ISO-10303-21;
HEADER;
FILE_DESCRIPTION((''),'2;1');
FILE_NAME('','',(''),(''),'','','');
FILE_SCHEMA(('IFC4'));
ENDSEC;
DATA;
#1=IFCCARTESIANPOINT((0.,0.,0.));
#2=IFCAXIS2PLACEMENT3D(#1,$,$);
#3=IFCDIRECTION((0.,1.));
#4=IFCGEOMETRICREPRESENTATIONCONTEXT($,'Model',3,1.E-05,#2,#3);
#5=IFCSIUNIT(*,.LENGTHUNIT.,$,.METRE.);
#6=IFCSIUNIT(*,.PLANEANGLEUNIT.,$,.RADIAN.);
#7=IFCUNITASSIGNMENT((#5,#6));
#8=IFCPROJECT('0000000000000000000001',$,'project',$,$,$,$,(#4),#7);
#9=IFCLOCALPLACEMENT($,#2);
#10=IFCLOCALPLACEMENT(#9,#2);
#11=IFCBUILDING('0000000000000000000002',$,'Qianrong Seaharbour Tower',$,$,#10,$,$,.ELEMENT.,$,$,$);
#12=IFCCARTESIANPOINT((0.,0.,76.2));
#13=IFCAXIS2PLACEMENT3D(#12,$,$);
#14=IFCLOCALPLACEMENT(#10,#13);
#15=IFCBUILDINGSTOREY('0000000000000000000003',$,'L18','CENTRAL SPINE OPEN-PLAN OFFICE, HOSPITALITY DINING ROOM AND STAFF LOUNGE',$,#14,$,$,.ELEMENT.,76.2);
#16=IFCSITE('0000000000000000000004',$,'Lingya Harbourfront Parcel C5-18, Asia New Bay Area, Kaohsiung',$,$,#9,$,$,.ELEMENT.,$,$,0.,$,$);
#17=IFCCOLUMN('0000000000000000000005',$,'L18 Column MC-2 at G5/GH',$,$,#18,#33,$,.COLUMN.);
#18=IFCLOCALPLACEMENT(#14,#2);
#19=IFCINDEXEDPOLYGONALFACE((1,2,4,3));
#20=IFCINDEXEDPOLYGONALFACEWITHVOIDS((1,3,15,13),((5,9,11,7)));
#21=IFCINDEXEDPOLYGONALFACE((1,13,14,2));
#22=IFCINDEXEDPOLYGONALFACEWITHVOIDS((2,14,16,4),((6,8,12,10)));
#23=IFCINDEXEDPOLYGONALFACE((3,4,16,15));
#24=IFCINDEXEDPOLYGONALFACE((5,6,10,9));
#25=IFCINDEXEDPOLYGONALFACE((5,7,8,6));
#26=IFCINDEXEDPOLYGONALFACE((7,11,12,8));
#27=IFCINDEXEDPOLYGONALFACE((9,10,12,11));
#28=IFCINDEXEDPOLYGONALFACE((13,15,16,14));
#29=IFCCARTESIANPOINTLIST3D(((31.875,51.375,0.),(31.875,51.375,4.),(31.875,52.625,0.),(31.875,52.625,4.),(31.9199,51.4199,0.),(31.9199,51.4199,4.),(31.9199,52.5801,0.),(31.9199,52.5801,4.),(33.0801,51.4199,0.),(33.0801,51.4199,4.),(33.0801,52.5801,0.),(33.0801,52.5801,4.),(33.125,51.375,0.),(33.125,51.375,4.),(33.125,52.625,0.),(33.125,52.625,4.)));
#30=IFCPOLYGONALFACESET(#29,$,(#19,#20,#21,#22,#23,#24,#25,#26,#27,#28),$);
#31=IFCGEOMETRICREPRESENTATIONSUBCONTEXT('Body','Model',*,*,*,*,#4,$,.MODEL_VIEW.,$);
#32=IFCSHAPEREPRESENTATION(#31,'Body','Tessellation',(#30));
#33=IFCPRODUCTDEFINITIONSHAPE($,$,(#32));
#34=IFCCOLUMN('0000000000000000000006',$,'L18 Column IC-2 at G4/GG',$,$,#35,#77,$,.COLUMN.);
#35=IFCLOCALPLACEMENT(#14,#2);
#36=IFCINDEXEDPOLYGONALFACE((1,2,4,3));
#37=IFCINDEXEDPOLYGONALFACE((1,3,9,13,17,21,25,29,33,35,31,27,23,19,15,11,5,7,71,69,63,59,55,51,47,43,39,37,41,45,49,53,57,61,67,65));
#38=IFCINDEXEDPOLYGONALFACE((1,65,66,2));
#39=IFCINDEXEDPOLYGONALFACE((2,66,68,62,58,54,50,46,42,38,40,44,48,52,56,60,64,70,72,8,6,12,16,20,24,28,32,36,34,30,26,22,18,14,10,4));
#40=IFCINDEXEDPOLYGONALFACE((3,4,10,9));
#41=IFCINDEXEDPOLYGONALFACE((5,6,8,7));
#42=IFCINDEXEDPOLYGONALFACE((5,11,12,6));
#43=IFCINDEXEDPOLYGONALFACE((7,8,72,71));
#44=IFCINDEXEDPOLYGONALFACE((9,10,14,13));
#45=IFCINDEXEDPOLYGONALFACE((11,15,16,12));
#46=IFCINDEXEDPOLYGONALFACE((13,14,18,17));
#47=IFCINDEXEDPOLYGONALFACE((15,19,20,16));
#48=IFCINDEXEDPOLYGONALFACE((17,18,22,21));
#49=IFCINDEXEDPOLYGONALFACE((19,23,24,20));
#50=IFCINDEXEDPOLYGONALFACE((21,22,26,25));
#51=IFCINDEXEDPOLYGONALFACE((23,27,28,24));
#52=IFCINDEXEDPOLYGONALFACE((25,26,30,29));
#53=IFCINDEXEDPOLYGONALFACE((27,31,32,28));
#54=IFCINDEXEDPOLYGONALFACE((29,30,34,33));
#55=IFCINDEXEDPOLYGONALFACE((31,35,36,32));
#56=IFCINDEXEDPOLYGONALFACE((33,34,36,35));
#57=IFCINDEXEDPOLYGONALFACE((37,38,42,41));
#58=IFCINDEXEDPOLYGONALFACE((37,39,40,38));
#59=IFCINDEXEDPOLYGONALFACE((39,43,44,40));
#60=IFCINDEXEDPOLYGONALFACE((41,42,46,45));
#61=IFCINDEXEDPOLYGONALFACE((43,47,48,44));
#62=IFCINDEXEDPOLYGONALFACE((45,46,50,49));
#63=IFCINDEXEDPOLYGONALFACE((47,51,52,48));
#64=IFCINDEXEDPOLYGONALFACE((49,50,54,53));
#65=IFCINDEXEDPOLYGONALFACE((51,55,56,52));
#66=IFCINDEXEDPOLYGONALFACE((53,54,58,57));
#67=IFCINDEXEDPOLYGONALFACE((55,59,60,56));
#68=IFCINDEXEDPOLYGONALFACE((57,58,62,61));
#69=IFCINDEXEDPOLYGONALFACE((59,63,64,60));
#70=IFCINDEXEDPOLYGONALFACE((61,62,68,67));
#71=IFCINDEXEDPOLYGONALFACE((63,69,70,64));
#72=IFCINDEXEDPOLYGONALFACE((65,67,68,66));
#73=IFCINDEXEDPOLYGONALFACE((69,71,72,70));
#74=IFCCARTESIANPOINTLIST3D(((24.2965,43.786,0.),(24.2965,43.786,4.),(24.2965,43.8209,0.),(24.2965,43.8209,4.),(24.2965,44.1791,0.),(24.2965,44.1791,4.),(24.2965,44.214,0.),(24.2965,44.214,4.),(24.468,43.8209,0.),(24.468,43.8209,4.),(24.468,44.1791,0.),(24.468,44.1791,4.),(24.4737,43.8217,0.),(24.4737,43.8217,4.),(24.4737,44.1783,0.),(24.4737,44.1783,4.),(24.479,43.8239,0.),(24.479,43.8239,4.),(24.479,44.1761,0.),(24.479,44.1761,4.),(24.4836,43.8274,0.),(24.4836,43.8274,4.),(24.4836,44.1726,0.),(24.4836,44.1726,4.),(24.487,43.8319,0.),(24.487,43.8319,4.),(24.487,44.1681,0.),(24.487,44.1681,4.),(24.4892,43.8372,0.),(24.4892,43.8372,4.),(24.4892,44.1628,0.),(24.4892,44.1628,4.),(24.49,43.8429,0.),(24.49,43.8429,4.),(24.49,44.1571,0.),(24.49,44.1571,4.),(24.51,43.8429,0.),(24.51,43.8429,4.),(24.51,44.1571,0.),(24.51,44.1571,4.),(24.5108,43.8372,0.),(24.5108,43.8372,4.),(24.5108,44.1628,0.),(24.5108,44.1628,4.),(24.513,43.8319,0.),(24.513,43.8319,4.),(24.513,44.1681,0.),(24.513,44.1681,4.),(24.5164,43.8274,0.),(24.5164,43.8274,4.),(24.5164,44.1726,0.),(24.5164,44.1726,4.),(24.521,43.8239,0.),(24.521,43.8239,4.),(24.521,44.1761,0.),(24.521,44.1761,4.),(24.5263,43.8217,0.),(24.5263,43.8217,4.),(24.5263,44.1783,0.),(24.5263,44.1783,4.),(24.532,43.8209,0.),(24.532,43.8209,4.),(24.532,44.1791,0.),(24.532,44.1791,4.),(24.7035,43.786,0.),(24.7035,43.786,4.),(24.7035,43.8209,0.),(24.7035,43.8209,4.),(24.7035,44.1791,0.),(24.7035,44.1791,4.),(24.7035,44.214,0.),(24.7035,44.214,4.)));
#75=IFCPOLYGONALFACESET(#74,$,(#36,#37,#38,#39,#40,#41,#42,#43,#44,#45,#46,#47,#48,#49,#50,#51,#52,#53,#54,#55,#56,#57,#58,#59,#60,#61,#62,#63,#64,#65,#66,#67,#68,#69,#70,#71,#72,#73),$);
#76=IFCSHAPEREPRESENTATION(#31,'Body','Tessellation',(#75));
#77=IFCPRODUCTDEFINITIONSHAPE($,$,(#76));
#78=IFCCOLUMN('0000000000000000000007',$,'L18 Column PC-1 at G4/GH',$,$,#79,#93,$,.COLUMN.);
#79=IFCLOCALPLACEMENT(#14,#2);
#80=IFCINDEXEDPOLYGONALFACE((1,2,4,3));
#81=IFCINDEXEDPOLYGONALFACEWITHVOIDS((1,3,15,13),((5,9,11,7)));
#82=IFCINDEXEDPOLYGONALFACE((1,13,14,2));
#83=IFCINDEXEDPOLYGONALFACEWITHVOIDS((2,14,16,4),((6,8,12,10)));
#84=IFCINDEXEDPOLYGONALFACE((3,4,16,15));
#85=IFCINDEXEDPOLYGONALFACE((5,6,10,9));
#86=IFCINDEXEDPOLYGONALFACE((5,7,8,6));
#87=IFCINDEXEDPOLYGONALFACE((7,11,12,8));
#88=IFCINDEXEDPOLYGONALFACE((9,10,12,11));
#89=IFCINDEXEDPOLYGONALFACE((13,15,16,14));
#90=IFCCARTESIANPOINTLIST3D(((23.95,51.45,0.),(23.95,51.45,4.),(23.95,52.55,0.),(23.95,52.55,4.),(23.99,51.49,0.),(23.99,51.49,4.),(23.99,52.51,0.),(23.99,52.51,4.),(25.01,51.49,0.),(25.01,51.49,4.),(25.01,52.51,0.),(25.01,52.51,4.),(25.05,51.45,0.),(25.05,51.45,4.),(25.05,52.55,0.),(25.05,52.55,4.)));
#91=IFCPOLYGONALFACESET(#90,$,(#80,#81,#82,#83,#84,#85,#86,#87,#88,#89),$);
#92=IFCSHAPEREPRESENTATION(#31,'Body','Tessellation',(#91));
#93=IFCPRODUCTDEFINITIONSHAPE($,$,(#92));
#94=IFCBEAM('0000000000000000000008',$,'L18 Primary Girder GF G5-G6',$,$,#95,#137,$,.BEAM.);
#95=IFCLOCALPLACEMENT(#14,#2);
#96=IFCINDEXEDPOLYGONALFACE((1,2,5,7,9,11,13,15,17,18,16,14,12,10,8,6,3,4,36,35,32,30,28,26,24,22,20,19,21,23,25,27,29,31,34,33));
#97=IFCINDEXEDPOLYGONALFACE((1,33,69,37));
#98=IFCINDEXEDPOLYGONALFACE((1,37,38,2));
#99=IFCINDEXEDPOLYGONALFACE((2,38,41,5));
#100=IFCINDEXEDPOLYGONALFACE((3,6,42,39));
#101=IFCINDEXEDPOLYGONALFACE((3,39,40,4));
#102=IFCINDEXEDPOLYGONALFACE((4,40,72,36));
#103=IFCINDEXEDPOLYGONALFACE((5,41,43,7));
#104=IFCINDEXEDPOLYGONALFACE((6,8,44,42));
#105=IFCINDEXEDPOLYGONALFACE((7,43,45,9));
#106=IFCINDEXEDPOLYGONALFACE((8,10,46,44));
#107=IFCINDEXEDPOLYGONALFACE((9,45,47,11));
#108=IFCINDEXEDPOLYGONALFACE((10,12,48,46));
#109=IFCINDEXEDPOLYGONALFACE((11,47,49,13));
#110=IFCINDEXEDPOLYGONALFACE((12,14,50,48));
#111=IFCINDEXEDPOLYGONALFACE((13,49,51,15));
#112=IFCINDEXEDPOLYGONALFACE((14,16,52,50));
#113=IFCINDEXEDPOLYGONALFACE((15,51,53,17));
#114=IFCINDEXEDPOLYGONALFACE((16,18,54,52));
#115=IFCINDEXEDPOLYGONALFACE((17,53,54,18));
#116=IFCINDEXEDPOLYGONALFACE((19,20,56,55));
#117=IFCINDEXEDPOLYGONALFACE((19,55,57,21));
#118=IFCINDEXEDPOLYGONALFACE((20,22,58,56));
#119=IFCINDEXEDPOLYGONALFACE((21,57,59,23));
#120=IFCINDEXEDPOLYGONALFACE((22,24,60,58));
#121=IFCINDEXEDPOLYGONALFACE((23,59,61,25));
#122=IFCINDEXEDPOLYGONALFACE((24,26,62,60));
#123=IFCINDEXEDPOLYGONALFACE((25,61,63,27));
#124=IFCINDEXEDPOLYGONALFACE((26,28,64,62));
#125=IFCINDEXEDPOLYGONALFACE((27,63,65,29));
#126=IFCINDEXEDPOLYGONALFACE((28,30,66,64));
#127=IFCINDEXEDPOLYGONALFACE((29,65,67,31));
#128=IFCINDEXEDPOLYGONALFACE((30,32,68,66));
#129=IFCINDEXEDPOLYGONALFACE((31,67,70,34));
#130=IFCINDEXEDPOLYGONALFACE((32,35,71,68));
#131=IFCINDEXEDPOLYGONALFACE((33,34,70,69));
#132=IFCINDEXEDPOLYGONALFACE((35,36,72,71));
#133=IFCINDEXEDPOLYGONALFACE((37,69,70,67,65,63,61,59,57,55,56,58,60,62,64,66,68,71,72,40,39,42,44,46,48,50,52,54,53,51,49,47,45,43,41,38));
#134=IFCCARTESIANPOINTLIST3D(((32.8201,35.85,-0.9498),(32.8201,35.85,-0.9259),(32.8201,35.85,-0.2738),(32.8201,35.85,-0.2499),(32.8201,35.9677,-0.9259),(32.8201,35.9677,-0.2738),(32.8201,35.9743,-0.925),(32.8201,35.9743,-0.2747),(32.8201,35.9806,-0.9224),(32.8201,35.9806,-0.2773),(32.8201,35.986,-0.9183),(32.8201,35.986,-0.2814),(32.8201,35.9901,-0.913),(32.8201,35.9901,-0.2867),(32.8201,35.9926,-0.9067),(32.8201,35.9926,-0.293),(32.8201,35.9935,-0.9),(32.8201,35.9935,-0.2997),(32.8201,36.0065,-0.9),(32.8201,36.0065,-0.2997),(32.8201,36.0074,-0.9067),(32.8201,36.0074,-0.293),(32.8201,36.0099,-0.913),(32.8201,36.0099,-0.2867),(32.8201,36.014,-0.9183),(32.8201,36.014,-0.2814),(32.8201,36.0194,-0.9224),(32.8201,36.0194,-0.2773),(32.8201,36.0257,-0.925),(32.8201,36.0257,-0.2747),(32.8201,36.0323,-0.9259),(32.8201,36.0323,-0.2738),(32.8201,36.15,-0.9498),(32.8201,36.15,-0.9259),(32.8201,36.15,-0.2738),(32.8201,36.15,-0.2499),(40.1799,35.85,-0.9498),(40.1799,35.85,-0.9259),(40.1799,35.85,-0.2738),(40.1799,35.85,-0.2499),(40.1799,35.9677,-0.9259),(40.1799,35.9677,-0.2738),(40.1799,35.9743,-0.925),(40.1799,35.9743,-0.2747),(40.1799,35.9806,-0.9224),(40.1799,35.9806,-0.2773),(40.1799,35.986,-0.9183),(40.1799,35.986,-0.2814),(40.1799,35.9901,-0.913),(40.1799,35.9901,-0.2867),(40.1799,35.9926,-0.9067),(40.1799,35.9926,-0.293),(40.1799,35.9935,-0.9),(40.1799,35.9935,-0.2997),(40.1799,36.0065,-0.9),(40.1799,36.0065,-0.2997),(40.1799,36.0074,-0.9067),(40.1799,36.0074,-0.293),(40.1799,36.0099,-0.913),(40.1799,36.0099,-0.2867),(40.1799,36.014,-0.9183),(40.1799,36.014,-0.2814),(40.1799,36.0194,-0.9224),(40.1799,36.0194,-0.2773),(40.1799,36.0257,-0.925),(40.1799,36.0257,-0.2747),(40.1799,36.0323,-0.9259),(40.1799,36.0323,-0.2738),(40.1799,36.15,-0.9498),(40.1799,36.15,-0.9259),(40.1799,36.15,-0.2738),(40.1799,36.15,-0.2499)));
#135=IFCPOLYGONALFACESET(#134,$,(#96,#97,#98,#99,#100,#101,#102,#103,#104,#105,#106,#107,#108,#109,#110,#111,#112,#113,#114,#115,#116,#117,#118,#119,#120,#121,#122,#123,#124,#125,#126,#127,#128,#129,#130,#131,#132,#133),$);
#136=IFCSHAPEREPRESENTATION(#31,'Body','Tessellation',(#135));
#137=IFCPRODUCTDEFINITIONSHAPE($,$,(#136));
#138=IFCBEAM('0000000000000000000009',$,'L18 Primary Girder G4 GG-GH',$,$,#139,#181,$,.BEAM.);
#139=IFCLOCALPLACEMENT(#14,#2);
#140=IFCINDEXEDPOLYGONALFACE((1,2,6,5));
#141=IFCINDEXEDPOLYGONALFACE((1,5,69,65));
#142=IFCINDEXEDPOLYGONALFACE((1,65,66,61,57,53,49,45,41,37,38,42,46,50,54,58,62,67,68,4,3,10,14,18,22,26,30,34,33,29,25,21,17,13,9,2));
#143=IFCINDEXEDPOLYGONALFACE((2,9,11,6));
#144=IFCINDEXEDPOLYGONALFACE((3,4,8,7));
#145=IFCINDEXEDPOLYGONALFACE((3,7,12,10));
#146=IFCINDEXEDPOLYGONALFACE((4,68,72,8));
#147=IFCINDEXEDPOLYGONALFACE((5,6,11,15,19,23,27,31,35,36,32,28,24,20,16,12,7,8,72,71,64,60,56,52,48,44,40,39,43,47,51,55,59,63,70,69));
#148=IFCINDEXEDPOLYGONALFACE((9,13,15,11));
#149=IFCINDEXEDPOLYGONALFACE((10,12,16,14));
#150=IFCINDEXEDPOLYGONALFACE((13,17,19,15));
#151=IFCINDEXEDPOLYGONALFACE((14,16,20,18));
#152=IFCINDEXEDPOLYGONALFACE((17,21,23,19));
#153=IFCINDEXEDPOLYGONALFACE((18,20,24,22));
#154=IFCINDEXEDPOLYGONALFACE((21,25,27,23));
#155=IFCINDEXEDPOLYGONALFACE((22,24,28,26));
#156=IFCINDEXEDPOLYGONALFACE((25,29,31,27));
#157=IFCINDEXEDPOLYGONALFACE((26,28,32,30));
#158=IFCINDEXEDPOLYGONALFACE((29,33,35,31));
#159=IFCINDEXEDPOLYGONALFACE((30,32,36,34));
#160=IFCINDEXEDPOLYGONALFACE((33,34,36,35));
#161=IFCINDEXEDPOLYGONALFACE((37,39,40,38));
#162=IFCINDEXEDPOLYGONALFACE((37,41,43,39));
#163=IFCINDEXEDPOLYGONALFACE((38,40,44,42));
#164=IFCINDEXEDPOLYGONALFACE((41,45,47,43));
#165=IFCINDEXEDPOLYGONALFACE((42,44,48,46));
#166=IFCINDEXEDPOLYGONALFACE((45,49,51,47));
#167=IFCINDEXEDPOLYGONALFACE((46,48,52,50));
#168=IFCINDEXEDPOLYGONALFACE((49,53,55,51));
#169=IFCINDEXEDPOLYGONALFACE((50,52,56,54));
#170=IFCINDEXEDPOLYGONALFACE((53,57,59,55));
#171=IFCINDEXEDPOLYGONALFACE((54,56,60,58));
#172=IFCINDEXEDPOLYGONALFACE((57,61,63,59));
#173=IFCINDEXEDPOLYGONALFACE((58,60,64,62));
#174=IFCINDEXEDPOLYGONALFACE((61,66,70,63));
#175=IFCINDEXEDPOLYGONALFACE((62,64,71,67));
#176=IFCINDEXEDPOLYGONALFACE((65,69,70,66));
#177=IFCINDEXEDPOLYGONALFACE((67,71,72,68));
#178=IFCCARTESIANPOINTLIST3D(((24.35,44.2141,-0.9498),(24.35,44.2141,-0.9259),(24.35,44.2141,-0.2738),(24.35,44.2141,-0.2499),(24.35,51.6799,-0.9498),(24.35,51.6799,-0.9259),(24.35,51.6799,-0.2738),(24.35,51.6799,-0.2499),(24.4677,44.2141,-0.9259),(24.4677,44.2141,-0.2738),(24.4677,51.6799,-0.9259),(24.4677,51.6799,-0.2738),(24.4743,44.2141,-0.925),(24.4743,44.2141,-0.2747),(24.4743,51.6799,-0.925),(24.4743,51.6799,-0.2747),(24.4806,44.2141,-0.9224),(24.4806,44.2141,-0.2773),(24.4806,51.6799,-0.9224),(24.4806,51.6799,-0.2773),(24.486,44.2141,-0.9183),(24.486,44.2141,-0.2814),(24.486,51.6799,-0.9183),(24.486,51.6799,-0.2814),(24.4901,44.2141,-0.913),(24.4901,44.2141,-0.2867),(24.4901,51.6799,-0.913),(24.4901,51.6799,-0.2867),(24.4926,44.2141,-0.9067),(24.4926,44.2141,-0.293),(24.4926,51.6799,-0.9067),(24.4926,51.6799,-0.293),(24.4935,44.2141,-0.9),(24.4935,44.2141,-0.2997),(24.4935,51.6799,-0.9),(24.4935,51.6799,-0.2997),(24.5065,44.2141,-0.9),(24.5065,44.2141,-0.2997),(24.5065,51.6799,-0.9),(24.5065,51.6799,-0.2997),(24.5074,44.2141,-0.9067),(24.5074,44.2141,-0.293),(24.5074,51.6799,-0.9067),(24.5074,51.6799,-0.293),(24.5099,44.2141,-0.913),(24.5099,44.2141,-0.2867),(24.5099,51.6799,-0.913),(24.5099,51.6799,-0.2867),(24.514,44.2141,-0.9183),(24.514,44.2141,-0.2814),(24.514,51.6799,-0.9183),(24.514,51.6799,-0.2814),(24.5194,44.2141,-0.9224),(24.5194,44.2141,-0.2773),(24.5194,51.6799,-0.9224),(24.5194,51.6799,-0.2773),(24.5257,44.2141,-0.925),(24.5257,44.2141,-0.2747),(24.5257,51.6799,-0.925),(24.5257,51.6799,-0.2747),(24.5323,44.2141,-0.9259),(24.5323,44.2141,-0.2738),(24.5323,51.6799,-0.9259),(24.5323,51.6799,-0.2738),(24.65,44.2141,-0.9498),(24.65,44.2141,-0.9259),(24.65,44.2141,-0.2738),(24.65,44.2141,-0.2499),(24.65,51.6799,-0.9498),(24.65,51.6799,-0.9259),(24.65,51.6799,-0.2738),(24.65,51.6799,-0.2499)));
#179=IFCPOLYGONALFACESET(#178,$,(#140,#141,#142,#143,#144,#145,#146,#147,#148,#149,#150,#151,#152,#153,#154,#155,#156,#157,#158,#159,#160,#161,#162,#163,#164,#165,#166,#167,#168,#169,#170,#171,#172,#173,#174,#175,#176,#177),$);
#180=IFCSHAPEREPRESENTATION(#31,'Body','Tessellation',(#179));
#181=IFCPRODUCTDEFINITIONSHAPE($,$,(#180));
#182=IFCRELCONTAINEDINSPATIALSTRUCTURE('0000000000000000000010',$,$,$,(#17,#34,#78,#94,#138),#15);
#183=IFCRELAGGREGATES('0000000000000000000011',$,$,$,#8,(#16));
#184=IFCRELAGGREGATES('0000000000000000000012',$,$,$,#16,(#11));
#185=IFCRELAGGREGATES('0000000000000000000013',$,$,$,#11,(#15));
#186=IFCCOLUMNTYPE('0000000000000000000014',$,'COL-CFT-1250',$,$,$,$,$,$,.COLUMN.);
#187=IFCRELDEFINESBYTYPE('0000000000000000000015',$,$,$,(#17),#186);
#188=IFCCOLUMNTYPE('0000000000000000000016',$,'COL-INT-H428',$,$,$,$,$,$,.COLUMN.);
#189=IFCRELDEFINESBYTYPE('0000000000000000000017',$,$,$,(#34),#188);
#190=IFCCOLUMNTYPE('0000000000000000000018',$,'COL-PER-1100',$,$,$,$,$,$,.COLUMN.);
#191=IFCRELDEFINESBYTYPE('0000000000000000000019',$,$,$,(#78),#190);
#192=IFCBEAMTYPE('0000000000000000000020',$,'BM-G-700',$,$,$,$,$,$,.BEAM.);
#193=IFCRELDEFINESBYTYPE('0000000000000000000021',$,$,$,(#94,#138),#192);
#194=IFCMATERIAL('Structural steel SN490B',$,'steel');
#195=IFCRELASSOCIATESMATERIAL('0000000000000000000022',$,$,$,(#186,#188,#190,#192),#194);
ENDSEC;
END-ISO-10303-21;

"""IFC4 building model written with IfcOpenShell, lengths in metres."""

from ifc_helpers import new_model, si_unit, direction, frame, origin, origin_2d, place, context, subcontext, project, spatial, hollow_rectangle, i_section, extrude, material, material_profile, profile_set, type_object, element, save


model = new_model("IFC4")

# Units and contexts
model_context = context("Model", 3, precision=1e-05, world=origin(), true_north=direction((0.0, 1.0)))
body_context = subcontext(model_context, "Body", "Model", "MODEL_VIEW")
ifc_project = project(units=[si_unit("LENGTHUNIT", "METRE"), si_unit("PLANEANGLEUNIT", "RADIAN")], contexts=[model_context])

# Site, building, storey
site_placement = place(None, origin())
site = spatial("IfcSite", under=ifc_project, at=site_placement, Name="Lingya Harbourfront Parcel C5-18, Asia New Bay Area, Kaohsiung", CompositionType="ELEMENT", RefElevation=0.0)
building_placement = place(site_placement, origin())
building = spatial("IfcBuilding", under=site, at=building_placement, Name="Qianrong Seaharbour Tower", CompositionType="ELEMENT")
storey_placement = place(building_placement, frame((0.0, 0.0, 76.2)))
storey = spatial("IfcBuildingStorey", under=building, at=storey_placement, Name="L18", Description="CENTRAL SPINE OPEN-PLAN OFFICE, HOSPITALITY DINING ROOM AND STAFF LOUNGE", CompositionType="ELEMENT", Elevation=76.2)

# Columns
ifc_material_1 = material(Name="Structural steel SN490B", Category="steel")
ifc_material_profile_1 = material_profile(ifc_material_1, hollow_rectangle(XDim=1.25, YDim=1.25, WallThickness=0.0449, at=origin_2d()), Name="BOX1250x1250x45")
ifc_profile_set_1 = profile_set([ifc_material_profile_1], Name="Structural steel SN490B")
column_type_1 = type_object("IfcColumnType", Name="COL-CFT-1250", PredefinedType="COLUMN", material=ifc_profile_set_1)
column_1_placement = place(storey_placement, frame((32.5, 52.0, 0.0), z_axis=(0.0, 0.0, 1.0), x_axis=(1.0, 0.0, 0.0)))
element("IfcColumn", 1, at=column_1_placement, inside=storey, type_object=column_type_1, Name="L18 Column MC-2 at G5/GH", PredefinedType="COLUMN", context=body_context, shape_type="SweptSolid", body=[
    extrude(hollow_rectangle(XDim=1.25, YDim=1.25, WallThickness=0.0449, at=origin_2d()), origin(), (0.0, 0.0, 1.0), 4.0),
])
ifc_material_profile_2 = material_profile(ifc_material_1, i_section(OverallWidth=0.407, OverallDepth=0.428, WebThickness=0.02, FlangeThickness=0.0349, FilletRadius=0.022, at=origin_2d()), Name="H428x407x20x35")
ifc_profile_set_2 = profile_set([ifc_material_profile_2], Name="Structural steel SN490B")
column_type_2 = type_object("IfcColumnType", Name="COL-INT-H428", PredefinedType="COLUMN", material=ifc_profile_set_2)
column_2_placement = place(storey_placement, frame((24.5, 44.0, 0.0), z_axis=(0.0, 0.0, 1.0), x_axis=(1.0, 0.0, 0.0)))
element("IfcColumn", 2, at=column_2_placement, inside=storey, type_object=column_type_2, Name="L18 Column IC-2 at G4/GG", PredefinedType="COLUMN", context=body_context, shape_type="SweptSolid", body=[
    extrude(i_section(OverallWidth=0.407, OverallDepth=0.428, WebThickness=0.02, FlangeThickness=0.0349, FilletRadius=0.022, at=origin_2d()), origin(), (0.0, 0.0, 1.0), 4.0),
])
ifc_material_profile_3 = material_profile(ifc_material_1, hollow_rectangle(XDim=1.1001, YDim=1.1001, WallThickness=0.04, at=origin_2d()), Name="BOX1100x1100x40")
ifc_profile_set_3 = profile_set([ifc_material_profile_3], Name="Structural steel SN490B")
column_type_3 = type_object("IfcColumnType", Name="COL-PER-1100", PredefinedType="COLUMN", material=ifc_profile_set_3)
column_3_placement = place(storey_placement, frame((24.5, 52.0, 0.0), z_axis=(0.0, 0.0, 1.0), x_axis=(1.0, 0.0, 0.0)))
element("IfcColumn", 3, at=column_3_placement, inside=storey, type_object=column_type_3, Name="L18 Column PC-1 at G4/GH", PredefinedType="COLUMN", context=body_context, shape_type="SweptSolid", body=[
    extrude(hollow_rectangle(XDim=1.1001, YDim=1.1001, WallThickness=0.04, at=origin_2d()), origin(), (0.0, 0.0, 1.0), 4.0),
])

# Beams
ifc_material_profile_4 = material_profile(ifc_material_1, i_section(OverallWidth=0.3, OverallDepth=0.7, WebThickness=0.0129, FlangeThickness=0.0239, FilletRadius=0.0259, at=origin_2d()), Name="H700x300x13x24")
ifc_profile_set_4 = profile_set([ifc_material_profile_4], Name="Structural steel SN490B")
beam_type_1 = type_object("IfcBeamType", Name="BM-G-700", PredefinedType="BEAM", material=ifc_profile_set_4)
beam_1_placement = place(storey_placement, frame((32.8201, 36.0, -0.5999), z_axis=(1.0, 0.0, 0.0), x_axis=(0.0, 1.0, 0.0)))
element("IfcBeam", 4, at=beam_1_placement, inside=storey, type_object=beam_type_1, Name="L18 Primary Girder GF G5-G6", PredefinedType="BEAM", context=body_context, shape_type="SweptSolid", body=[
    extrude(i_section(OverallWidth=0.3, OverallDepth=0.7, WebThickness=0.0129, FlangeThickness=0.0239, FilletRadius=0.0259, at=origin_2d()), origin(), (0.0, 0.0, 1.0), 7.3599),
])
beam_2_placement = place(storey_placement, frame((24.5, 44.2141, -0.5999), z_axis=(0.0, 1.0, 0.0), x_axis=(-1.0, 0.0, 0.0)))
element("IfcBeam", 5, at=beam_2_placement, inside=storey, type_object=beam_type_1, Name="L18 Primary Girder G4 GG-GH", PredefinedType="BEAM", context=body_context, shape_type="SweptSolid", body=[
    extrude(i_section(OverallWidth=0.3, OverallDepth=0.7, WebThickness=0.0129, FlangeThickness=0.0239, FilletRadius=0.0259, at=origin_2d()), origin(), (0.0, 0.0, 1.0), 7.4658),
])

save(model, "model.ifc")
